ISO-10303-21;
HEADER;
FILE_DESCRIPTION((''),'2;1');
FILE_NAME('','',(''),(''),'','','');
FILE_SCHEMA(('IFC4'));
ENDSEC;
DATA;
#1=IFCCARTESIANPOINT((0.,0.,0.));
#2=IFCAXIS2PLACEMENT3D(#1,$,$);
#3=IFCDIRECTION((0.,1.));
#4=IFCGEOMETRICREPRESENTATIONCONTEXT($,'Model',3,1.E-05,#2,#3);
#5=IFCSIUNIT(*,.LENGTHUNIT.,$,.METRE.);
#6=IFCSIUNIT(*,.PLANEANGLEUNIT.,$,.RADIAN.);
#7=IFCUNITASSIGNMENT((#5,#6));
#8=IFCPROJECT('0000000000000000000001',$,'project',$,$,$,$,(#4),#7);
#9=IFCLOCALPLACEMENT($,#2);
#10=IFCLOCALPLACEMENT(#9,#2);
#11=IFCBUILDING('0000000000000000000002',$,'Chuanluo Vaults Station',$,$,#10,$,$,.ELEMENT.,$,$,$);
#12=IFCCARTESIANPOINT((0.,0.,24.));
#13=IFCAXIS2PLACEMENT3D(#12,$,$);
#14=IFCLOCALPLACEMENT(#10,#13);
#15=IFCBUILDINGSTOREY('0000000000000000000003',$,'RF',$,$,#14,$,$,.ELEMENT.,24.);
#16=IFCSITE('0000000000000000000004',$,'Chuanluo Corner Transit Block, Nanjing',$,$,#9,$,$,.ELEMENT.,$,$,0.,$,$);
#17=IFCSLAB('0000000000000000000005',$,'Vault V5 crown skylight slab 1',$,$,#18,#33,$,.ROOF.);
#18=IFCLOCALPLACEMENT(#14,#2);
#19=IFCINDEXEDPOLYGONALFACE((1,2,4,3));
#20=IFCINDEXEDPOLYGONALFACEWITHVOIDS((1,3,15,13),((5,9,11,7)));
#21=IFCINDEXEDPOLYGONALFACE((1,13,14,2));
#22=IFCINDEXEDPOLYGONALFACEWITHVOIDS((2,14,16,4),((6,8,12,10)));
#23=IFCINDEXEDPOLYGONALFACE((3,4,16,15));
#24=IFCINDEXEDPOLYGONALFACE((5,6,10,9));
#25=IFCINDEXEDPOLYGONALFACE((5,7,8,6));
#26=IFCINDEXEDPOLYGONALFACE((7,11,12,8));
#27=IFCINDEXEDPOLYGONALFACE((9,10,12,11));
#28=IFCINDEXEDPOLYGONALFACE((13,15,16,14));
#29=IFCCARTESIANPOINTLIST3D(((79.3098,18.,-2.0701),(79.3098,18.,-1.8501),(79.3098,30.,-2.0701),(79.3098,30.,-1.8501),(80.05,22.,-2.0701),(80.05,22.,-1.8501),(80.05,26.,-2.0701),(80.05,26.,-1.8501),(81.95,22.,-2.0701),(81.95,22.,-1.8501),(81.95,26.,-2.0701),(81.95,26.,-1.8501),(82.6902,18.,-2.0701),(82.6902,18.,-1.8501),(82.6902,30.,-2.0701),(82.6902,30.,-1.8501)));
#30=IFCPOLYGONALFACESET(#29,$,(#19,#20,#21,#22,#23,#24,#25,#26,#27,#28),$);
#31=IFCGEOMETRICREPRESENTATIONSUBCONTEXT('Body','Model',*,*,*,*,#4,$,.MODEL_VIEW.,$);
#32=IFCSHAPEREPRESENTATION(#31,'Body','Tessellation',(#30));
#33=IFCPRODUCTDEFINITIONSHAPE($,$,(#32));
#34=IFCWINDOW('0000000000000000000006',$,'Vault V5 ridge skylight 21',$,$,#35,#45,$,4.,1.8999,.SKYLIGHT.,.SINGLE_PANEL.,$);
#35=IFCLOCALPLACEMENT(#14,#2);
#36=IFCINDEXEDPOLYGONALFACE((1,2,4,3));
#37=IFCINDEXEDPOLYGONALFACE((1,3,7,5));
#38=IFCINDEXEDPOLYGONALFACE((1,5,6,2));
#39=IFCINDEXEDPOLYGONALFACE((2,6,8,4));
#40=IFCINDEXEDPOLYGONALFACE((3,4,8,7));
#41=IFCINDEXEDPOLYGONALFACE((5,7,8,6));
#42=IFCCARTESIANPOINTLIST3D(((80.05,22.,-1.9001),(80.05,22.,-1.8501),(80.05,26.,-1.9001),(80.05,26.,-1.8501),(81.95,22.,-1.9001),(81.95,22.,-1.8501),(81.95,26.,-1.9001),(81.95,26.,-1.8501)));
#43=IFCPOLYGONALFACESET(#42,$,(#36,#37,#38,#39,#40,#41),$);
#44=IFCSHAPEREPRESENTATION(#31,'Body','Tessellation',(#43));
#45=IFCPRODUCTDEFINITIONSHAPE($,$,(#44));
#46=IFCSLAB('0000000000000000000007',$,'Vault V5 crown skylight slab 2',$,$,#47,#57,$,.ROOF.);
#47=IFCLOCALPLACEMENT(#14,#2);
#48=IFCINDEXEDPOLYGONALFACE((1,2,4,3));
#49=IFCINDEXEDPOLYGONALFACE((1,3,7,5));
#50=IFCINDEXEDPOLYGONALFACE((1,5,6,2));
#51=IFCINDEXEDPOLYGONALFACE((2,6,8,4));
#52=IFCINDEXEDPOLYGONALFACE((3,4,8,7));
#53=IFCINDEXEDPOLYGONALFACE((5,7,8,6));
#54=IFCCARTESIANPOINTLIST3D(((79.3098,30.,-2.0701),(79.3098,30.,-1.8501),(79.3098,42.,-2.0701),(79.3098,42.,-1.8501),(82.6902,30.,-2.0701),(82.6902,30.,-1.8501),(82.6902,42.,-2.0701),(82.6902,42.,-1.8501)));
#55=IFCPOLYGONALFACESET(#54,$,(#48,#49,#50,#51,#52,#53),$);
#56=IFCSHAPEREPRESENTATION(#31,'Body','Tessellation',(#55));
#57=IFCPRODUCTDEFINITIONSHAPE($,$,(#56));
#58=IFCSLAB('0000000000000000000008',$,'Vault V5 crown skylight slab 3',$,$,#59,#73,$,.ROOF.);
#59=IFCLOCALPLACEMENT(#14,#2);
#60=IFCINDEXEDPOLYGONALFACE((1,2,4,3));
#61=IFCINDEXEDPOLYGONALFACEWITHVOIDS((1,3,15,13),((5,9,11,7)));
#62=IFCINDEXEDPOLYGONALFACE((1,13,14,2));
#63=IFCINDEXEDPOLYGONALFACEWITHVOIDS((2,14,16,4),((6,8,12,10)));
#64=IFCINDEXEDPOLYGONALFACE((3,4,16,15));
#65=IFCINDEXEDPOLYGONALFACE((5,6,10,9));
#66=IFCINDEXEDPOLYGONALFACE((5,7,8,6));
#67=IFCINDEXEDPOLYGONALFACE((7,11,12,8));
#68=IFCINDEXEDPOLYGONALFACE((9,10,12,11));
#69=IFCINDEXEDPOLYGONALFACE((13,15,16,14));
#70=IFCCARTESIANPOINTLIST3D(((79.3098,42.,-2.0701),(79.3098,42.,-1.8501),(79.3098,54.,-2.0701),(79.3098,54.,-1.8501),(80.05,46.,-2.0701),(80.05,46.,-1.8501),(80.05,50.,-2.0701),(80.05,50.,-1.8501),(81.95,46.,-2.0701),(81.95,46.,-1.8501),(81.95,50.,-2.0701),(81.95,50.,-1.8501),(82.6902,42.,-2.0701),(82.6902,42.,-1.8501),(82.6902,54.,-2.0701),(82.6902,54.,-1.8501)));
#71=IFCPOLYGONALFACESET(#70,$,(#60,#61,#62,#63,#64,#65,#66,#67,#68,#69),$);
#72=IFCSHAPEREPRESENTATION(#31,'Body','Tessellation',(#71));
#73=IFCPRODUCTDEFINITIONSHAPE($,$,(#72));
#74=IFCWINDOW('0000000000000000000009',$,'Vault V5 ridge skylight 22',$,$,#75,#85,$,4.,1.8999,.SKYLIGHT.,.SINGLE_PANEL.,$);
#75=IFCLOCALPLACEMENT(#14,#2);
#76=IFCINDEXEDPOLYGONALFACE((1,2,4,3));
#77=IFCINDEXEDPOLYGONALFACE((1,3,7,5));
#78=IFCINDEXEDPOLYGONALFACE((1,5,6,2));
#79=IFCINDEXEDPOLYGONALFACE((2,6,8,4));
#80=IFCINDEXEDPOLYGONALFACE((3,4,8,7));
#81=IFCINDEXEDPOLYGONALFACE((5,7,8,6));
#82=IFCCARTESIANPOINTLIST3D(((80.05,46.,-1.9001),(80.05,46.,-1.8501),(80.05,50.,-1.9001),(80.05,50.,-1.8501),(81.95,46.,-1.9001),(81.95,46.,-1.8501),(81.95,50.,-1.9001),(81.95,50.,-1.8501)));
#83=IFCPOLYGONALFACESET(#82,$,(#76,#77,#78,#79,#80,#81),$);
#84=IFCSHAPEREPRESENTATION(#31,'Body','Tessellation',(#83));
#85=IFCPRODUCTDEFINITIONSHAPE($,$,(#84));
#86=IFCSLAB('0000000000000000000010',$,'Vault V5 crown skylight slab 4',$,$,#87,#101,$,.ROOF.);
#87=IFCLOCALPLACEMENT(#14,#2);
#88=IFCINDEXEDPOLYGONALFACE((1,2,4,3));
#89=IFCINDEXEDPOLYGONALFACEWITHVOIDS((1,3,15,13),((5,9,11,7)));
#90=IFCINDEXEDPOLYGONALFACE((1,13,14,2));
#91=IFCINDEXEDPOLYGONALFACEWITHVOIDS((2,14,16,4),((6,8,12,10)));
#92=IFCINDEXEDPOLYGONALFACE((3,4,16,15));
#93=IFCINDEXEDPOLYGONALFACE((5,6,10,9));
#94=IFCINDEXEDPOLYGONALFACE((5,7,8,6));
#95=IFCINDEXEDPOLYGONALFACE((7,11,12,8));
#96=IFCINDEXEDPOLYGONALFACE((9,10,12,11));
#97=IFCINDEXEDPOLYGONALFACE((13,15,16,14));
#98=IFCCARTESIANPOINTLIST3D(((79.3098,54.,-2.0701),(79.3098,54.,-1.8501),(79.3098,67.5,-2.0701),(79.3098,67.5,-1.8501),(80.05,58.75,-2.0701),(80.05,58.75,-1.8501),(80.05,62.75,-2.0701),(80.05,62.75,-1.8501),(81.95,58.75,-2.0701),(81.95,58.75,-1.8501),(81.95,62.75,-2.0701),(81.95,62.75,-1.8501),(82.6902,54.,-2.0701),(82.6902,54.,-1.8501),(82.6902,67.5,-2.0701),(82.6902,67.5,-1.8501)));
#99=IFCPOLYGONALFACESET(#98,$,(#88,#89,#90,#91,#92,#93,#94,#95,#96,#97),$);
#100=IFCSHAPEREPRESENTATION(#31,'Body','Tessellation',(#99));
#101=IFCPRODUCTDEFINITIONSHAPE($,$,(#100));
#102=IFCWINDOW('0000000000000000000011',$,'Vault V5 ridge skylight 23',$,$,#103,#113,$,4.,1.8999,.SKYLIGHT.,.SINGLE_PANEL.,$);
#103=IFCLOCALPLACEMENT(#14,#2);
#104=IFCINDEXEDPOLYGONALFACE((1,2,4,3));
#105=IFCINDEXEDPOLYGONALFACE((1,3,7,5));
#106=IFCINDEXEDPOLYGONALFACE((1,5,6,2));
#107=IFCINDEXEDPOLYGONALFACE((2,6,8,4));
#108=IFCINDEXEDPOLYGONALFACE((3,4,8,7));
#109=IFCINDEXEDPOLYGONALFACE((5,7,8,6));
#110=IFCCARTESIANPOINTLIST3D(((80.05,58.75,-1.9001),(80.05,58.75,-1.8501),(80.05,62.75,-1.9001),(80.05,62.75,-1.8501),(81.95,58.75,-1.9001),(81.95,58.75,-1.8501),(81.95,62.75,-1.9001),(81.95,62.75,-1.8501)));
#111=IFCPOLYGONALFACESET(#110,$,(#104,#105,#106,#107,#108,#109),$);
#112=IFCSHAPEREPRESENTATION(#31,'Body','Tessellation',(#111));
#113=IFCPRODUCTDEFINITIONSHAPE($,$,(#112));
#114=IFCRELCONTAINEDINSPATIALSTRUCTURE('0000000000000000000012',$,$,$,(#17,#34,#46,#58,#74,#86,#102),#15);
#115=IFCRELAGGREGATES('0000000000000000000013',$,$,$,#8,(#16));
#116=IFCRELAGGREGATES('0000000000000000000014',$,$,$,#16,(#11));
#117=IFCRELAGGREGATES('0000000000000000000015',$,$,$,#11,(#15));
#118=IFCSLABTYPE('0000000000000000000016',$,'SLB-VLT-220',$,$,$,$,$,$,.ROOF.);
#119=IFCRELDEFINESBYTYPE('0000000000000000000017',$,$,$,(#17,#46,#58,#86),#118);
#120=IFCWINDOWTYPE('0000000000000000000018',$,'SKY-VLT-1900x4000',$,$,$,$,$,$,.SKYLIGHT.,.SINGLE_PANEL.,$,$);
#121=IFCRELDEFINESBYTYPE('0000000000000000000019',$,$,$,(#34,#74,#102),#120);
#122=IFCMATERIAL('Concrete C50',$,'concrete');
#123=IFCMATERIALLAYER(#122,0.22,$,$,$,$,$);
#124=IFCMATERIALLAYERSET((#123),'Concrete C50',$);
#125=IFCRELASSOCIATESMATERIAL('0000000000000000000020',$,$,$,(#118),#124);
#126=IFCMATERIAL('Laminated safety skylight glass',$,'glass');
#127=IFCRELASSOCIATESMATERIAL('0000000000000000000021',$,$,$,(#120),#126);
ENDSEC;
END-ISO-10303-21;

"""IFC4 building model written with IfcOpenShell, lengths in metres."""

from ifc_helpers import new_model, si_unit, direction, frame, origin, origin_2d, place, context, subcontext, project, spatial, polyline, rectangle, outline, extrude, material, layer, layer_set, type_object, element, fill, save


model = new_model("IFC4")

# Units and contexts
model_context = context("Model", 3, precision=1e-05, world=origin(), true_north=direction((0.0, 1.0)))
body_context = subcontext(model_context, "Body", "Model", "MODEL_VIEW")
ifc_project = project(units=[si_unit("LENGTHUNIT", "METRE"), si_unit("PLANEANGLEUNIT", "RADIAN")], contexts=[model_context])

# Site, building, storey
site_placement = place(None, origin())
site = spatial("IfcSite", under=ifc_project, at=site_placement, Name="Chuanluo Corner Transit Block, Nanjing", CompositionType="ELEMENT", RefElevation=0.0)
building_placement = place(site_placement, origin())
building = spatial("IfcBuilding", under=site, at=building_placement, Name="Chuanluo Vaults Station", CompositionType="ELEMENT")
storey_placement = place(building_placement, frame((0.0, 0.0, 24.0)))
storey = spatial("IfcBuildingStorey", under=building, at=storey_placement, Name="RF", CompositionType="ELEMENT", Elevation=24.0)

# Shared definitions
ifc_material_1 = material(Name="Concrete C50", Category="concrete")
ifc_layer_1 = layer(ifc_material_1, 0.22)
ifc_layer_set_1 = layer_set([ifc_layer_1], Name="Concrete C50")
slab_type_1 = type_object("IfcSlabType", Name="SLB-VLT-220", PredefinedType="ROOF", material=ifc_layer_set_1)

# Slab, opening, window
slab_1_placement = place(storey_placement, frame((0.0, 0.0, -2.0701)))
slab_1 = element("IfcSlab", 1, at=slab_1_placement, inside=storey, type_object=slab_type_1, Name="Vault V5 crown skylight slab 1", PredefinedType="ROOF", context=body_context, shape_type="SweptSolid", body=[
    extrude(outline(polyline([(79.3098, 18.0), (82.6902, 18.0), (82.6902, 30.0), (79.3098, 30.0), (79.3098, 18.0)])), origin(), (0.0, 0.0, 1.0), 0.22),
])
opening_1_placement = place(slab_1_placement, frame((81.0, 24.0, 0.0)))
opening_1 = element("IfcOpeningElement", 2, at=opening_1_placement, cuts=slab_1, PredefinedType="OPENING", context=body_context, shape_type="SweptSolid", body=[
    extrude(rectangle(XDim=1.8999, YDim=4.0, at=origin_2d()), frame((0.0, 0.0, -0.01)), (0.0, 0.0, 1.0), 0.24),
])
ifc_material_2 = material(Name="Laminated safety skylight glass", Category="glass")
window_type_1 = type_object("IfcWindowType", Name="SKY-VLT-1900x4000", PartitioningType="SINGLE_PANEL", PredefinedType="SKYLIGHT", material=ifc_material_2)
window_1_placement = place(opening_1_placement, frame((0.0, 0.0, 0.1699)))
window_1 = element("IfcWindow", 3, at=window_1_placement, inside=storey, type_object=window_type_1, Name="Vault V5 ridge skylight 21", OverallHeight=4.0, OverallWidth=1.8999, PartitioningType="SINGLE_PANEL", PredefinedType="SKYLIGHT", context=body_context, shape_type="SweptSolid", body=[
    extrude(rectangle(XDim=1.8999, YDim=4.0, at=origin_2d()), origin(), (0.0, 0.0, 1.0), 0.05),
])
fill(opening_1, window_1)

# Slab
slab_2_placement = place(storey_placement, frame((0.0, 0.0, -2.0701)))
element("IfcSlab", 4, at=slab_2_placement, inside=storey, type_object=slab_type_1, Name="Vault V5 crown skylight slab 2", PredefinedType="ROOF", context=body_context, shape_type="SweptSolid", body=[
    extrude(outline(polyline([(79.3098, 30.0), (82.6902, 30.0), (82.6902, 42.0), (79.3098, 42.0), (79.3098, 30.0)])), origin(), (0.0, 0.0, 1.0), 0.22),
])

# Slabs, openings, windows
slab_3_placement = place(storey_placement, frame((0.0, 0.0, -2.0701)))
slab_3 = element("IfcSlab", 5, at=slab_3_placement, inside=storey, type_object=slab_type_1, Name="Vault V5 crown skylight slab 3", PredefinedType="ROOF", context=body_context, shape_type="SweptSolid", body=[
    extrude(outline(polyline([(79.3098, 42.0), (82.6902, 42.0), (82.6902, 54.0), (79.3098, 54.0), (79.3098, 42.0)])), origin(), (0.0, 0.0, 1.0), 0.22),
])
opening_2_placement = place(slab_3_placement, frame((81.0, 48.0, 0.0)))
opening_2 = element("IfcOpeningElement", 6, at=opening_2_placement, cuts=slab_3, PredefinedType="OPENING", context=body_context, shape_type="SweptSolid", body=[
    extrude(rectangle(XDim=1.8999, YDim=4.0, at=origin_2d()), frame((0.0, 0.0, -0.01)), (0.0, 0.0, 1.0), 0.24),
])
window_2_placement = place(opening_2_placement, frame((0.0, 0.0, 0.1699)))
window_2 = element("IfcWindow", 7, at=window_2_placement, inside=storey, type_object=window_type_1, Name="Vault V5 ridge skylight 22", OverallHeight=4.0, OverallWidth=1.8999, PartitioningType="SINGLE_PANEL", PredefinedType="SKYLIGHT", context=body_context, shape_type="SweptSolid", body=[
    extrude(rectangle(XDim=1.8999, YDim=4.0, at=origin_2d()), origin(), (0.0, 0.0, 1.0), 0.05),
])
fill(opening_2, window_2)
slab_4_placement = place(storey_placement, frame((0.0, 0.0, -2.0701)))
slab_4 = element("IfcSlab", 8, at=slab_4_placement, inside=storey, type_object=slab_type_1, Name="Vault V5 crown skylight slab 4", PredefinedType="ROOF", context=body_context, shape_type="SweptSolid", body=[
    extrude(outline(polyline([(79.3098, 54.0), (82.6902, 54.0), (82.6902, 67.5), (79.3098, 67.5), (79.3098, 54.0)])), origin(), (0.0, 0.0, 1.0), 0.22),
])
opening_3_placement = place(slab_4_placement, frame((81.0, 60.75, 0.0)))
opening_3 = element("IfcOpeningElement", 9, at=opening_3_placement, cuts=slab_4, PredefinedType="OPENING", context=body_context, shape_type="SweptSolid", body=[
    extrude(rectangle(XDim=1.8999, YDim=4.0, at=origin_2d()), frame((0.0, 0.0, -0.01)), (0.0, 0.0, 1.0), 0.24),
])
window_3_placement = place(opening_3_placement, frame((0.0, 0.0, 0.1699)))
window_3 = element("IfcWindow", 10, at=window_3_placement, inside=storey, type_object=window_type_1, Name="Vault V5 ridge skylight 23", OverallHeight=4.0, OverallWidth=1.8999, PartitioningType="SINGLE_PANEL", PredefinedType="SKYLIGHT", context=body_context, shape_type="SweptSolid", body=[
    extrude(rectangle(XDim=1.8999, YDim=4.0, at=origin_2d()), origin(), (0.0, 0.0, 1.0), 0.05),
])
fill(opening_3, window_3)

save(model, "model.ifc")
